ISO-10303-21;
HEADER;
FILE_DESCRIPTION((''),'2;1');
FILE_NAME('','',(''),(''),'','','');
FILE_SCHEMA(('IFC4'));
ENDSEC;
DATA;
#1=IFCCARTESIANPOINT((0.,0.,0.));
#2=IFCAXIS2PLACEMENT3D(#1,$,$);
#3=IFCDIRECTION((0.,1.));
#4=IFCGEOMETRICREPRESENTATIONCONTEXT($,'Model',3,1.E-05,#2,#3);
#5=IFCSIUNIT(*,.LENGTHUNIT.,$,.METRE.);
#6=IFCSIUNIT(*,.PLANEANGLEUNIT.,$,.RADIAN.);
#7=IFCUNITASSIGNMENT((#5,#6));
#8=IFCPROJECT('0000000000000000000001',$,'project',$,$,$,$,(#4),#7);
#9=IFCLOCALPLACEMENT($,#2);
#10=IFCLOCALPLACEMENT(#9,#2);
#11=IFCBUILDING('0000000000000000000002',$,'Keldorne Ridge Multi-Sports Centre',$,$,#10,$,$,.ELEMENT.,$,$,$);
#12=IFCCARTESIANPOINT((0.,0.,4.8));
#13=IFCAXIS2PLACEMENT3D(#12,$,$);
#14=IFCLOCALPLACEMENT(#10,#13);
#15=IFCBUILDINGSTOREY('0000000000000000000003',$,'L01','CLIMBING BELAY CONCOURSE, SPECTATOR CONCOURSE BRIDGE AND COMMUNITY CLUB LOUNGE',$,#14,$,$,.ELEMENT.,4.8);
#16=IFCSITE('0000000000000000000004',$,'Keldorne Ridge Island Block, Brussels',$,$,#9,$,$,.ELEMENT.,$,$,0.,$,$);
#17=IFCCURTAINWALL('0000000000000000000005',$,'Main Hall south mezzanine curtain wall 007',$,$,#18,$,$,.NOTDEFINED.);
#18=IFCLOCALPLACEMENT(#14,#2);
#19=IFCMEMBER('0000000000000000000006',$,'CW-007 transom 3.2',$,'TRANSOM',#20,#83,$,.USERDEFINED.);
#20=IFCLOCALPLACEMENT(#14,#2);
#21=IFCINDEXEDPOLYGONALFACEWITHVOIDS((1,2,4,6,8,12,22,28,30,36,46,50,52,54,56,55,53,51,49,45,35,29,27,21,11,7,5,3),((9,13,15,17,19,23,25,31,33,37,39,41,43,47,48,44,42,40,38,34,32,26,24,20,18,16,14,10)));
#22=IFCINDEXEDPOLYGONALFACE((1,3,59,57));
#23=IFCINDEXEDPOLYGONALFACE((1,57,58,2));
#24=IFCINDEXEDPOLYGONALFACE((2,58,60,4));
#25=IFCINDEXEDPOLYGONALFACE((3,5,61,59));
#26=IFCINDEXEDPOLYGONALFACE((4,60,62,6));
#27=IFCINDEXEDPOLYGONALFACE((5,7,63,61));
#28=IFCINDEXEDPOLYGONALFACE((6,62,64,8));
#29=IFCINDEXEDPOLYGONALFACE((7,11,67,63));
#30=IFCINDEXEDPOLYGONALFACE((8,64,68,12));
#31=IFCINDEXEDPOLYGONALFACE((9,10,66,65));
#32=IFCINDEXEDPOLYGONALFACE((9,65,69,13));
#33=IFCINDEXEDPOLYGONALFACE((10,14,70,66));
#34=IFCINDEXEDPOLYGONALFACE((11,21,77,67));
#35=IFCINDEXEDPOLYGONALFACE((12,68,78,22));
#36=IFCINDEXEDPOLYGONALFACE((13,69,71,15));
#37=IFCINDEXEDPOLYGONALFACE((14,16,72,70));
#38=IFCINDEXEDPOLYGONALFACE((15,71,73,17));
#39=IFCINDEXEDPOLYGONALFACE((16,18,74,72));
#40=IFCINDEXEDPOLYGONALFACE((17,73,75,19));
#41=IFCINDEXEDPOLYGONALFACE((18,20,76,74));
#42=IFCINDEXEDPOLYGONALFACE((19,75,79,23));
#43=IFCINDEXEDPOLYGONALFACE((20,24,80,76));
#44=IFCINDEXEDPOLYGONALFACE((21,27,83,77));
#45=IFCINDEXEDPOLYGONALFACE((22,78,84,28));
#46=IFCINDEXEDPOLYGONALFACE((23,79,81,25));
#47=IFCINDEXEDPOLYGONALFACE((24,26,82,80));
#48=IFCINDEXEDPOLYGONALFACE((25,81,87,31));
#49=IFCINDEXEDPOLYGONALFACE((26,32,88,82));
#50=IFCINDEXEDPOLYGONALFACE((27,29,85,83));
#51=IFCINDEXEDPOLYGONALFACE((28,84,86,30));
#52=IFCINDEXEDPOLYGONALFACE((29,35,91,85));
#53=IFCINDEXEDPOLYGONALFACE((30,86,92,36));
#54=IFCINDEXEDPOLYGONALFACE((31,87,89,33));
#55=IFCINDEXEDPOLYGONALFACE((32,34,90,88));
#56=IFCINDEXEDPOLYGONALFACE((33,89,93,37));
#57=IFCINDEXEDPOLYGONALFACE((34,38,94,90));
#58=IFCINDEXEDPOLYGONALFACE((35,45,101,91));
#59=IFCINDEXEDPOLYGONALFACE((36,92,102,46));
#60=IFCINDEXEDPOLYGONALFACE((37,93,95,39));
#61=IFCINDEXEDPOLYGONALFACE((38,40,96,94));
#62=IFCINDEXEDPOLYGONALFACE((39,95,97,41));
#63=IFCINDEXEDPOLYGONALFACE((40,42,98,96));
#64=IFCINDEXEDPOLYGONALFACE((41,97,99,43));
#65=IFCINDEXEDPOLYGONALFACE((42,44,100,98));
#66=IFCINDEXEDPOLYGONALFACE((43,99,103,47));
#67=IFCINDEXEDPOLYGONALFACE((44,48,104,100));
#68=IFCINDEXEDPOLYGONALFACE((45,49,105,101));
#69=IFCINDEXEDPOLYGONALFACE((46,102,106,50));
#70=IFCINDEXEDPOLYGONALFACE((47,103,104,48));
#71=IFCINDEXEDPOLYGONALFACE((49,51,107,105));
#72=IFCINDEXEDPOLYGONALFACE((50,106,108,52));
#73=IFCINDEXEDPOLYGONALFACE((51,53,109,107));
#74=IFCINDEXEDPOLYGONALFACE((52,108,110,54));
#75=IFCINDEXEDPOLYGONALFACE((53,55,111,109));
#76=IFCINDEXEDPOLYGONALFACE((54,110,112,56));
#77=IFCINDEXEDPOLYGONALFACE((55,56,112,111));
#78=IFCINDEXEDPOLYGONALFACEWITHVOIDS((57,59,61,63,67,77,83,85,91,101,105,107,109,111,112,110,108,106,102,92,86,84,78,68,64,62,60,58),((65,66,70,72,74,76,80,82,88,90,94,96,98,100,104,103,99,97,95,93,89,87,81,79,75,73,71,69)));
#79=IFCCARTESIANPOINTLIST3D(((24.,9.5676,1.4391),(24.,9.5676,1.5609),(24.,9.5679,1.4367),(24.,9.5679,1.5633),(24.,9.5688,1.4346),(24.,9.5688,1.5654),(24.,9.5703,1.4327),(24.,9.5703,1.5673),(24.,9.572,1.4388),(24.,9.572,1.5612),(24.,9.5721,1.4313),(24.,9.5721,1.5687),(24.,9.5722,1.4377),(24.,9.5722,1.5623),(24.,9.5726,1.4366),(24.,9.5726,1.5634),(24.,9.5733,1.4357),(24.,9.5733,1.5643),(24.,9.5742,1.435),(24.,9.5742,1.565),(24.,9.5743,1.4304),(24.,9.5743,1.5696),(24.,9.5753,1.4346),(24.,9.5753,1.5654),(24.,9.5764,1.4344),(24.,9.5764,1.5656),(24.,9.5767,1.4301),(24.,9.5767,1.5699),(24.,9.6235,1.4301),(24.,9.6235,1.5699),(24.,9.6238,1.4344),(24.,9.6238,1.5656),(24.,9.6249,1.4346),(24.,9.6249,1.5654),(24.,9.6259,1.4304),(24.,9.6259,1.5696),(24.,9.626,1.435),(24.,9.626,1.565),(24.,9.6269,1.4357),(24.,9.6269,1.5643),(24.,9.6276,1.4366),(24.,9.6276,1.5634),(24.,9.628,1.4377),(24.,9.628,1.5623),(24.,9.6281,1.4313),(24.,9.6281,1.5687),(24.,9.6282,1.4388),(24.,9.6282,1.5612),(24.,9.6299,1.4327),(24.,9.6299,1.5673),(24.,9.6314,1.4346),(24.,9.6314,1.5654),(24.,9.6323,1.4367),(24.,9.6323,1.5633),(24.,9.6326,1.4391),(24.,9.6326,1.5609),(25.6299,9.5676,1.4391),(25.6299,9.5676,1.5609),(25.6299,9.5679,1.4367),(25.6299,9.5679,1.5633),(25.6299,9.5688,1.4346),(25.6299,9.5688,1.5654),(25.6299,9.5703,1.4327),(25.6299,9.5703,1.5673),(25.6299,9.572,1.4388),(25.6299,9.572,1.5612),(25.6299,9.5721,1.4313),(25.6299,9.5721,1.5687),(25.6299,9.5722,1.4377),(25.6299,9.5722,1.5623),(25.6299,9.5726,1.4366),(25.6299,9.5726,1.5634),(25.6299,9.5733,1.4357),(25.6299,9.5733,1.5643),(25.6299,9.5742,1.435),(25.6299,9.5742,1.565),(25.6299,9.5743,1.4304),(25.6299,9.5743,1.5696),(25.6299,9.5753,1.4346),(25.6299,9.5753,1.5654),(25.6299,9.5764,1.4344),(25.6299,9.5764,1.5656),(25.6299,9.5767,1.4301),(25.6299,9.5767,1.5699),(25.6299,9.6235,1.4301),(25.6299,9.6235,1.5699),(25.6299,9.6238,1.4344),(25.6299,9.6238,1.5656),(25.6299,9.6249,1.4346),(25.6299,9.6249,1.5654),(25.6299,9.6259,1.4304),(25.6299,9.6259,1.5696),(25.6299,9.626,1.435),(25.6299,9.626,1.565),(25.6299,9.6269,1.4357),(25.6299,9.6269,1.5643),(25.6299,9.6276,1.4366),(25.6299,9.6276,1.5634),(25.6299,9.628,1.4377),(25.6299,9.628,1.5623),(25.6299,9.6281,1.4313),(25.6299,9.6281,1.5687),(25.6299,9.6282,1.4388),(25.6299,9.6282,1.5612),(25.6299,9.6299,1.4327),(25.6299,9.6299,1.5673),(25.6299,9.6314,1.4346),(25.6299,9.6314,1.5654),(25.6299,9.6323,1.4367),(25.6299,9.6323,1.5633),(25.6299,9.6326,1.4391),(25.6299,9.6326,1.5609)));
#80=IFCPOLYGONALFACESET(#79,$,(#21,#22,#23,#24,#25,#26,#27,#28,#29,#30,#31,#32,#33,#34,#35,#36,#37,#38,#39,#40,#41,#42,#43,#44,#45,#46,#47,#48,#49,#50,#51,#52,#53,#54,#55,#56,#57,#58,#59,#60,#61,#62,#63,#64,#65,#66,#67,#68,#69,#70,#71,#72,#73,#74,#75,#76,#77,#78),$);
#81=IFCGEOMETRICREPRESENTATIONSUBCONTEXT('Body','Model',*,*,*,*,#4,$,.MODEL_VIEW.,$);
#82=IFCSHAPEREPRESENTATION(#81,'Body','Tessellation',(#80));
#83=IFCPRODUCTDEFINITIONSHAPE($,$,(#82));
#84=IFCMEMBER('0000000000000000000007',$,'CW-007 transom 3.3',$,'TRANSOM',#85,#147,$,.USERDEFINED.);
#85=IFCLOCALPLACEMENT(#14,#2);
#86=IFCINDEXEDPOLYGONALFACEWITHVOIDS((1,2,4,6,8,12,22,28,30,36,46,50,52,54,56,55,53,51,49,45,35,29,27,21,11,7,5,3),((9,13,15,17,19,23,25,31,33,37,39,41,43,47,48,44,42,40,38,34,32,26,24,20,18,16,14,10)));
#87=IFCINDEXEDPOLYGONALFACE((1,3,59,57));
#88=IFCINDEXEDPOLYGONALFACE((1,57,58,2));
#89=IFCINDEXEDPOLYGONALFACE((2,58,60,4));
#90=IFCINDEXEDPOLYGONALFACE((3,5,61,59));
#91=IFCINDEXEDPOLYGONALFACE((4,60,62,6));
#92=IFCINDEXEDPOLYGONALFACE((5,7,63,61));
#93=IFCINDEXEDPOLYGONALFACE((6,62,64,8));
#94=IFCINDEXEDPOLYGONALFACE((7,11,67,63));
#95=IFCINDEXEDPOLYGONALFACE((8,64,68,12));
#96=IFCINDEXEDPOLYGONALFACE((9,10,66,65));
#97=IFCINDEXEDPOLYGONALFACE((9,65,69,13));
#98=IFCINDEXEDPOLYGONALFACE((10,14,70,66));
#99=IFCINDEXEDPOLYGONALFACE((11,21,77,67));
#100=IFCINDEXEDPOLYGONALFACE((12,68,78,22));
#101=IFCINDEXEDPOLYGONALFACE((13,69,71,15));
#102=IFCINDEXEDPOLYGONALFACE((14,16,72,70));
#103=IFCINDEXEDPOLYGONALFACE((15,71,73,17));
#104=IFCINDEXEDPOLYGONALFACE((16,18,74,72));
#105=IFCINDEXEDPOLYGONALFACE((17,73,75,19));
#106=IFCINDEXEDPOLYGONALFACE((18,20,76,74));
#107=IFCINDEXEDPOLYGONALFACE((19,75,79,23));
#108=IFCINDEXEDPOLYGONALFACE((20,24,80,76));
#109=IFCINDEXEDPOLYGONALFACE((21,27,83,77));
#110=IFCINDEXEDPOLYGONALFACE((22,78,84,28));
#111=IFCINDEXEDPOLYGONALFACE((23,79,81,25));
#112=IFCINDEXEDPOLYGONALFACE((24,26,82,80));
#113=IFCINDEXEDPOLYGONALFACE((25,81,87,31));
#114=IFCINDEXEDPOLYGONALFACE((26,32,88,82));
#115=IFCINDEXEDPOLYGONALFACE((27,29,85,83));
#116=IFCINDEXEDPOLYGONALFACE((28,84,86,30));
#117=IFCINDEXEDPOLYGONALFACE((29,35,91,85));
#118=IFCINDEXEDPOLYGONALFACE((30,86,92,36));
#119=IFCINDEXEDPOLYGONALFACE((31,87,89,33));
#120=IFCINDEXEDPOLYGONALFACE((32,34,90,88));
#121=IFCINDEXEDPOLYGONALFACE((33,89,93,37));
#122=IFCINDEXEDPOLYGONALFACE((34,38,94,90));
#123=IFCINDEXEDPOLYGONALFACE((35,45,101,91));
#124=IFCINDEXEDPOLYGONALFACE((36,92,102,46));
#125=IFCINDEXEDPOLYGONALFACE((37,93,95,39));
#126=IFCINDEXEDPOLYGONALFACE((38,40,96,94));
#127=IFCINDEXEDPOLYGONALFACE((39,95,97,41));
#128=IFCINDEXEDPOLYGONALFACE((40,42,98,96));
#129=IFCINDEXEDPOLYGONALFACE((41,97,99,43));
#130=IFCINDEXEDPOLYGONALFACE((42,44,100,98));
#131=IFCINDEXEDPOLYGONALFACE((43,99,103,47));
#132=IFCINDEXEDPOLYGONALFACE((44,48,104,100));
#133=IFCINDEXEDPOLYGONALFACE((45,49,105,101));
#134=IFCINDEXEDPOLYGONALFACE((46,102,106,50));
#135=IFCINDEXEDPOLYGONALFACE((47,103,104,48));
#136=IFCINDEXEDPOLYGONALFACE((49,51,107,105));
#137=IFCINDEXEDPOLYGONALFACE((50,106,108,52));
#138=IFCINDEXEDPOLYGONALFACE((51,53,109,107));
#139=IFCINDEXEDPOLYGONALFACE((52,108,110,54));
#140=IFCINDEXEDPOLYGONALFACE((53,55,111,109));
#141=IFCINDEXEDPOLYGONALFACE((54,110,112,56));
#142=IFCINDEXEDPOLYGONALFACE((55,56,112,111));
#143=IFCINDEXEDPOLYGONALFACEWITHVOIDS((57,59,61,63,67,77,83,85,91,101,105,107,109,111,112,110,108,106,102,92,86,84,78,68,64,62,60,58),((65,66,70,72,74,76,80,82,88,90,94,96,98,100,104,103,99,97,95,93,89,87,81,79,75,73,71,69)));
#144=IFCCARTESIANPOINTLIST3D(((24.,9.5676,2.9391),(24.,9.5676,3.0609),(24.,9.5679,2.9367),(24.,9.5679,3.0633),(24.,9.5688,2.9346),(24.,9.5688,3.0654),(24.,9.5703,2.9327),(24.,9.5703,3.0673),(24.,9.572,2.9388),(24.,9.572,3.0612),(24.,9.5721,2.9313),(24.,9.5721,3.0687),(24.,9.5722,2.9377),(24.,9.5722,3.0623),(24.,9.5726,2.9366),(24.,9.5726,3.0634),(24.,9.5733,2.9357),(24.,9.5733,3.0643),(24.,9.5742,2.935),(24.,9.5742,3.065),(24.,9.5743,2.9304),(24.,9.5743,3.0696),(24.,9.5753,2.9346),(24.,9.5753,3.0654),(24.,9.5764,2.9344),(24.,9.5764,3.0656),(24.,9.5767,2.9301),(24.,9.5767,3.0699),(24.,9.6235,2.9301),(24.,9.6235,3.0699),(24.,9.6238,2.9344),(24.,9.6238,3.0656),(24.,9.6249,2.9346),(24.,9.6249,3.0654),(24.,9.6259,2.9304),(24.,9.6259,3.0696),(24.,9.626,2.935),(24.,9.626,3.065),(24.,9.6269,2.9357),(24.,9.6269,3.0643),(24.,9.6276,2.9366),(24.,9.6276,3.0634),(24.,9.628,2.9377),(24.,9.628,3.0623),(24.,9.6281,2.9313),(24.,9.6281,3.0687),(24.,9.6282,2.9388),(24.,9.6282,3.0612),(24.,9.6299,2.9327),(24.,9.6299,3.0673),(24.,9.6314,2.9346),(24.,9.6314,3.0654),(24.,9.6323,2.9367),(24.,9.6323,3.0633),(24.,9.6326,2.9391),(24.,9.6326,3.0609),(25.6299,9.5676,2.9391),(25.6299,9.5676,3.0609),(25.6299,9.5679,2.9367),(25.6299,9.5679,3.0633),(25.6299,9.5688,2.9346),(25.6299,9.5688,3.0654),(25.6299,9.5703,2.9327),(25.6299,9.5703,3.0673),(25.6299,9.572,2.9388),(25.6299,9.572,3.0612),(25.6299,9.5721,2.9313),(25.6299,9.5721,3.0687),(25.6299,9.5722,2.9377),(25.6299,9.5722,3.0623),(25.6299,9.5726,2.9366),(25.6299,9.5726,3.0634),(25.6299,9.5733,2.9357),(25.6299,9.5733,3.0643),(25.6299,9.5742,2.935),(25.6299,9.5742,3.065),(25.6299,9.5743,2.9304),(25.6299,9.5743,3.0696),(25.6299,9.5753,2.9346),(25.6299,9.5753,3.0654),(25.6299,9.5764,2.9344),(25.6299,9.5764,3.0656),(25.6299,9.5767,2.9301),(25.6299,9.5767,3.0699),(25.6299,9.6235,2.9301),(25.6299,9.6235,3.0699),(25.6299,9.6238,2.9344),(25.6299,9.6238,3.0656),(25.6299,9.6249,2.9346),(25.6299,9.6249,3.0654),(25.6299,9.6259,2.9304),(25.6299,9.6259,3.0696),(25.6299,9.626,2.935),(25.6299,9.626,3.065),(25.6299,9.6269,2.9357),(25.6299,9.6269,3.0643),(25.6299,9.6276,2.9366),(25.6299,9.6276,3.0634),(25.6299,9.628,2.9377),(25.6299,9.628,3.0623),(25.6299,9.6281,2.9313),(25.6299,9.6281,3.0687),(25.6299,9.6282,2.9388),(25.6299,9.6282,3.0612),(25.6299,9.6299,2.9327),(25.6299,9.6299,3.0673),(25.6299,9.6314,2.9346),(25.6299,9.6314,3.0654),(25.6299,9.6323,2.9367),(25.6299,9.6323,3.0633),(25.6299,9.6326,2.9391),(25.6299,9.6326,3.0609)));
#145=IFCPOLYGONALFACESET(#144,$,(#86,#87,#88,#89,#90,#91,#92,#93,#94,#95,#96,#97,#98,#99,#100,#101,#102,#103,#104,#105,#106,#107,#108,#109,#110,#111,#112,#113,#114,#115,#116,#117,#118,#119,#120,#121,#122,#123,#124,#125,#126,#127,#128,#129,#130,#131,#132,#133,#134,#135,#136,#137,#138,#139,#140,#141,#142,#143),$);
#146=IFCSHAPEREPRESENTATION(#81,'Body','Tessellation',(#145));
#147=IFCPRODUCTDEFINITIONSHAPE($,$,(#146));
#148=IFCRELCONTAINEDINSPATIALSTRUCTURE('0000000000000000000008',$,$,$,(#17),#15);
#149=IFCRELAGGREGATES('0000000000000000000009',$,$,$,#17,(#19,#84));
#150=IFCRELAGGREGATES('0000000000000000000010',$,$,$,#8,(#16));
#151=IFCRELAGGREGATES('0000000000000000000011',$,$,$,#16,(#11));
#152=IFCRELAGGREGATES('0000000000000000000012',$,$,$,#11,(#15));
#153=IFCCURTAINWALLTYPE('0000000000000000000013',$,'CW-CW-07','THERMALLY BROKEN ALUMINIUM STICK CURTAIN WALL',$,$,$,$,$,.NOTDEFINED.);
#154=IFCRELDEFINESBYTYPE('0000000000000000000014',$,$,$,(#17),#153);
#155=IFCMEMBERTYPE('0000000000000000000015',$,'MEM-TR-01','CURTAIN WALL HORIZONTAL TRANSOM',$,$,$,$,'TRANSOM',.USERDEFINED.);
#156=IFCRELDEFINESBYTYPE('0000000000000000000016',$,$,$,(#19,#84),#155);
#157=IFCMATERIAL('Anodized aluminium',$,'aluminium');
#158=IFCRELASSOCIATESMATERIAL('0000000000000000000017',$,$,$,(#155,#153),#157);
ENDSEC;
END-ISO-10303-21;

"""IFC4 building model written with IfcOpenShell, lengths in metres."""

from ifc_helpers import new_model, si_unit, direction, frame, origin, origin_2d, place, context, subcontext, project, spatial, hollow_rectangle, extrude, material, material_profile, profile_set, type_object, element, aggregate, save


model = new_model("IFC4")

# Units and contexts
model_context = context("Model", 3, precision=1e-05, world=origin(), true_north=direction((0.0, 1.0)))
body_context = subcontext(model_context, "Body", "Model", "MODEL_VIEW")
ifc_project = project(units=[si_unit("LENGTHUNIT", "METRE"), si_unit("PLANEANGLEUNIT", "RADIAN")], contexts=[model_context])

# Site, building, storey
site_placement = place(None, origin())
site = spatial("IfcSite", under=ifc_project, at=site_placement, Name="Keldorne Ridge Island Block, Brussels", CompositionType="ELEMENT", RefElevation=0.0)
building_placement = place(site_placement, origin())
building = spatial("IfcBuilding", under=site, at=building_placement, Name="Keldorne Ridge Multi-Sports Centre", CompositionType="ELEMENT")
storey_placement = place(building_placement, frame((0.0, 0.0, 4.8)))
storey = spatial("IfcBuildingStorey", under=building, at=storey_placement, Name="L01", Description="CLIMBING BELAY CONCOURSE, SPECTATOR CONCOURSE BRIDGE AND COMMUNITY CLUB LOUNGE", CompositionType="ELEMENT", Elevation=4.8)

# Curtain wall, members
ifc_material_1 = material(Name="Anodized aluminium", Category="aluminium")
ifc_material_profile_1 = material_profile(ifc_material_1, hollow_rectangle(XDim=0.0649, YDim=0.1399, WallThickness=0.0044, InnerFilletRadius=0.0044, OuterFilletRadius=0.009, at=origin_2d()), Name="ALU TRANSOM 140x65x4.5")
ifc_profile_set_1 = profile_set([ifc_material_profile_1], Name="Anodized aluminium")
member_type = type_object("IfcMemberType", Name="MEM-TR-01", Description="CURTAIN WALL HORIZONTAL TRANSOM", ElementType="TRANSOM", PredefinedType="USERDEFINED", material=ifc_profile_set_1)
curtain_wall_type_1 = type_object("IfcCurtainWallType", Name="CW-CW-07", Description="THERMALLY BROKEN ALUMINIUM STICK CURTAIN WALL", PredefinedType="NOTDEFINED", material=ifc_material_1)
curtain_wall_1_placement = place(storey_placement, origin())
curtain_wall_1 = element("IfcCurtainWall", 1, at=curtain_wall_1_placement, inside=storey, type_object=curtain_wall_type_1, Name="Main Hall south mezzanine curtain wall 007", PredefinedType="NOTDEFINED")
member_1_placement = place(storey_placement, frame((24.0, 9.6001, 1.5), z_axis=(1.0, 0.0, 0.0), x_axis=(0.0, 1.0, 0.0)))
member_1 = element("IfcMember", 2, at=member_1_placement, type_object=member_type, Name="CW-007 transom 3.2", ObjectType="TRANSOM", PredefinedType="USERDEFINED", context=body_context, shape_type="SweptSolid", body=[
    extrude(hollow_rectangle(XDim=0.0649, YDim=0.1399, WallThickness=0.0044, InnerFilletRadius=0.0044, OuterFilletRadius=0.009, at=origin_2d()), origin(), (0.0, 0.0, 1.0), 1.6299),
])
member_2_placement = place(storey_placement, frame((24.0, 9.6001, 3.0), z_axis=(1.0, 0.0, 0.0), x_axis=(0.0, 1.0, 0.0)))
member_2 = element("IfcMember", 3, at=member_2_placement, type_object=member_type, Name="CW-007 transom 3.3", ObjectType="TRANSOM", PredefinedType="USERDEFINED", context=body_context, shape_type="SweptSolid", body=[
    extrude(hollow_rectangle(XDim=0.0649, YDim=0.1399, WallThickness=0.0044, InnerFilletRadius=0.0044, OuterFilletRadius=0.009, at=origin_2d()), origin(), (0.0, 0.0, 1.0), 1.6299),
])

aggregate(curtain_wall_1, [member_1, member_2])

save(model, "model.ifc")
